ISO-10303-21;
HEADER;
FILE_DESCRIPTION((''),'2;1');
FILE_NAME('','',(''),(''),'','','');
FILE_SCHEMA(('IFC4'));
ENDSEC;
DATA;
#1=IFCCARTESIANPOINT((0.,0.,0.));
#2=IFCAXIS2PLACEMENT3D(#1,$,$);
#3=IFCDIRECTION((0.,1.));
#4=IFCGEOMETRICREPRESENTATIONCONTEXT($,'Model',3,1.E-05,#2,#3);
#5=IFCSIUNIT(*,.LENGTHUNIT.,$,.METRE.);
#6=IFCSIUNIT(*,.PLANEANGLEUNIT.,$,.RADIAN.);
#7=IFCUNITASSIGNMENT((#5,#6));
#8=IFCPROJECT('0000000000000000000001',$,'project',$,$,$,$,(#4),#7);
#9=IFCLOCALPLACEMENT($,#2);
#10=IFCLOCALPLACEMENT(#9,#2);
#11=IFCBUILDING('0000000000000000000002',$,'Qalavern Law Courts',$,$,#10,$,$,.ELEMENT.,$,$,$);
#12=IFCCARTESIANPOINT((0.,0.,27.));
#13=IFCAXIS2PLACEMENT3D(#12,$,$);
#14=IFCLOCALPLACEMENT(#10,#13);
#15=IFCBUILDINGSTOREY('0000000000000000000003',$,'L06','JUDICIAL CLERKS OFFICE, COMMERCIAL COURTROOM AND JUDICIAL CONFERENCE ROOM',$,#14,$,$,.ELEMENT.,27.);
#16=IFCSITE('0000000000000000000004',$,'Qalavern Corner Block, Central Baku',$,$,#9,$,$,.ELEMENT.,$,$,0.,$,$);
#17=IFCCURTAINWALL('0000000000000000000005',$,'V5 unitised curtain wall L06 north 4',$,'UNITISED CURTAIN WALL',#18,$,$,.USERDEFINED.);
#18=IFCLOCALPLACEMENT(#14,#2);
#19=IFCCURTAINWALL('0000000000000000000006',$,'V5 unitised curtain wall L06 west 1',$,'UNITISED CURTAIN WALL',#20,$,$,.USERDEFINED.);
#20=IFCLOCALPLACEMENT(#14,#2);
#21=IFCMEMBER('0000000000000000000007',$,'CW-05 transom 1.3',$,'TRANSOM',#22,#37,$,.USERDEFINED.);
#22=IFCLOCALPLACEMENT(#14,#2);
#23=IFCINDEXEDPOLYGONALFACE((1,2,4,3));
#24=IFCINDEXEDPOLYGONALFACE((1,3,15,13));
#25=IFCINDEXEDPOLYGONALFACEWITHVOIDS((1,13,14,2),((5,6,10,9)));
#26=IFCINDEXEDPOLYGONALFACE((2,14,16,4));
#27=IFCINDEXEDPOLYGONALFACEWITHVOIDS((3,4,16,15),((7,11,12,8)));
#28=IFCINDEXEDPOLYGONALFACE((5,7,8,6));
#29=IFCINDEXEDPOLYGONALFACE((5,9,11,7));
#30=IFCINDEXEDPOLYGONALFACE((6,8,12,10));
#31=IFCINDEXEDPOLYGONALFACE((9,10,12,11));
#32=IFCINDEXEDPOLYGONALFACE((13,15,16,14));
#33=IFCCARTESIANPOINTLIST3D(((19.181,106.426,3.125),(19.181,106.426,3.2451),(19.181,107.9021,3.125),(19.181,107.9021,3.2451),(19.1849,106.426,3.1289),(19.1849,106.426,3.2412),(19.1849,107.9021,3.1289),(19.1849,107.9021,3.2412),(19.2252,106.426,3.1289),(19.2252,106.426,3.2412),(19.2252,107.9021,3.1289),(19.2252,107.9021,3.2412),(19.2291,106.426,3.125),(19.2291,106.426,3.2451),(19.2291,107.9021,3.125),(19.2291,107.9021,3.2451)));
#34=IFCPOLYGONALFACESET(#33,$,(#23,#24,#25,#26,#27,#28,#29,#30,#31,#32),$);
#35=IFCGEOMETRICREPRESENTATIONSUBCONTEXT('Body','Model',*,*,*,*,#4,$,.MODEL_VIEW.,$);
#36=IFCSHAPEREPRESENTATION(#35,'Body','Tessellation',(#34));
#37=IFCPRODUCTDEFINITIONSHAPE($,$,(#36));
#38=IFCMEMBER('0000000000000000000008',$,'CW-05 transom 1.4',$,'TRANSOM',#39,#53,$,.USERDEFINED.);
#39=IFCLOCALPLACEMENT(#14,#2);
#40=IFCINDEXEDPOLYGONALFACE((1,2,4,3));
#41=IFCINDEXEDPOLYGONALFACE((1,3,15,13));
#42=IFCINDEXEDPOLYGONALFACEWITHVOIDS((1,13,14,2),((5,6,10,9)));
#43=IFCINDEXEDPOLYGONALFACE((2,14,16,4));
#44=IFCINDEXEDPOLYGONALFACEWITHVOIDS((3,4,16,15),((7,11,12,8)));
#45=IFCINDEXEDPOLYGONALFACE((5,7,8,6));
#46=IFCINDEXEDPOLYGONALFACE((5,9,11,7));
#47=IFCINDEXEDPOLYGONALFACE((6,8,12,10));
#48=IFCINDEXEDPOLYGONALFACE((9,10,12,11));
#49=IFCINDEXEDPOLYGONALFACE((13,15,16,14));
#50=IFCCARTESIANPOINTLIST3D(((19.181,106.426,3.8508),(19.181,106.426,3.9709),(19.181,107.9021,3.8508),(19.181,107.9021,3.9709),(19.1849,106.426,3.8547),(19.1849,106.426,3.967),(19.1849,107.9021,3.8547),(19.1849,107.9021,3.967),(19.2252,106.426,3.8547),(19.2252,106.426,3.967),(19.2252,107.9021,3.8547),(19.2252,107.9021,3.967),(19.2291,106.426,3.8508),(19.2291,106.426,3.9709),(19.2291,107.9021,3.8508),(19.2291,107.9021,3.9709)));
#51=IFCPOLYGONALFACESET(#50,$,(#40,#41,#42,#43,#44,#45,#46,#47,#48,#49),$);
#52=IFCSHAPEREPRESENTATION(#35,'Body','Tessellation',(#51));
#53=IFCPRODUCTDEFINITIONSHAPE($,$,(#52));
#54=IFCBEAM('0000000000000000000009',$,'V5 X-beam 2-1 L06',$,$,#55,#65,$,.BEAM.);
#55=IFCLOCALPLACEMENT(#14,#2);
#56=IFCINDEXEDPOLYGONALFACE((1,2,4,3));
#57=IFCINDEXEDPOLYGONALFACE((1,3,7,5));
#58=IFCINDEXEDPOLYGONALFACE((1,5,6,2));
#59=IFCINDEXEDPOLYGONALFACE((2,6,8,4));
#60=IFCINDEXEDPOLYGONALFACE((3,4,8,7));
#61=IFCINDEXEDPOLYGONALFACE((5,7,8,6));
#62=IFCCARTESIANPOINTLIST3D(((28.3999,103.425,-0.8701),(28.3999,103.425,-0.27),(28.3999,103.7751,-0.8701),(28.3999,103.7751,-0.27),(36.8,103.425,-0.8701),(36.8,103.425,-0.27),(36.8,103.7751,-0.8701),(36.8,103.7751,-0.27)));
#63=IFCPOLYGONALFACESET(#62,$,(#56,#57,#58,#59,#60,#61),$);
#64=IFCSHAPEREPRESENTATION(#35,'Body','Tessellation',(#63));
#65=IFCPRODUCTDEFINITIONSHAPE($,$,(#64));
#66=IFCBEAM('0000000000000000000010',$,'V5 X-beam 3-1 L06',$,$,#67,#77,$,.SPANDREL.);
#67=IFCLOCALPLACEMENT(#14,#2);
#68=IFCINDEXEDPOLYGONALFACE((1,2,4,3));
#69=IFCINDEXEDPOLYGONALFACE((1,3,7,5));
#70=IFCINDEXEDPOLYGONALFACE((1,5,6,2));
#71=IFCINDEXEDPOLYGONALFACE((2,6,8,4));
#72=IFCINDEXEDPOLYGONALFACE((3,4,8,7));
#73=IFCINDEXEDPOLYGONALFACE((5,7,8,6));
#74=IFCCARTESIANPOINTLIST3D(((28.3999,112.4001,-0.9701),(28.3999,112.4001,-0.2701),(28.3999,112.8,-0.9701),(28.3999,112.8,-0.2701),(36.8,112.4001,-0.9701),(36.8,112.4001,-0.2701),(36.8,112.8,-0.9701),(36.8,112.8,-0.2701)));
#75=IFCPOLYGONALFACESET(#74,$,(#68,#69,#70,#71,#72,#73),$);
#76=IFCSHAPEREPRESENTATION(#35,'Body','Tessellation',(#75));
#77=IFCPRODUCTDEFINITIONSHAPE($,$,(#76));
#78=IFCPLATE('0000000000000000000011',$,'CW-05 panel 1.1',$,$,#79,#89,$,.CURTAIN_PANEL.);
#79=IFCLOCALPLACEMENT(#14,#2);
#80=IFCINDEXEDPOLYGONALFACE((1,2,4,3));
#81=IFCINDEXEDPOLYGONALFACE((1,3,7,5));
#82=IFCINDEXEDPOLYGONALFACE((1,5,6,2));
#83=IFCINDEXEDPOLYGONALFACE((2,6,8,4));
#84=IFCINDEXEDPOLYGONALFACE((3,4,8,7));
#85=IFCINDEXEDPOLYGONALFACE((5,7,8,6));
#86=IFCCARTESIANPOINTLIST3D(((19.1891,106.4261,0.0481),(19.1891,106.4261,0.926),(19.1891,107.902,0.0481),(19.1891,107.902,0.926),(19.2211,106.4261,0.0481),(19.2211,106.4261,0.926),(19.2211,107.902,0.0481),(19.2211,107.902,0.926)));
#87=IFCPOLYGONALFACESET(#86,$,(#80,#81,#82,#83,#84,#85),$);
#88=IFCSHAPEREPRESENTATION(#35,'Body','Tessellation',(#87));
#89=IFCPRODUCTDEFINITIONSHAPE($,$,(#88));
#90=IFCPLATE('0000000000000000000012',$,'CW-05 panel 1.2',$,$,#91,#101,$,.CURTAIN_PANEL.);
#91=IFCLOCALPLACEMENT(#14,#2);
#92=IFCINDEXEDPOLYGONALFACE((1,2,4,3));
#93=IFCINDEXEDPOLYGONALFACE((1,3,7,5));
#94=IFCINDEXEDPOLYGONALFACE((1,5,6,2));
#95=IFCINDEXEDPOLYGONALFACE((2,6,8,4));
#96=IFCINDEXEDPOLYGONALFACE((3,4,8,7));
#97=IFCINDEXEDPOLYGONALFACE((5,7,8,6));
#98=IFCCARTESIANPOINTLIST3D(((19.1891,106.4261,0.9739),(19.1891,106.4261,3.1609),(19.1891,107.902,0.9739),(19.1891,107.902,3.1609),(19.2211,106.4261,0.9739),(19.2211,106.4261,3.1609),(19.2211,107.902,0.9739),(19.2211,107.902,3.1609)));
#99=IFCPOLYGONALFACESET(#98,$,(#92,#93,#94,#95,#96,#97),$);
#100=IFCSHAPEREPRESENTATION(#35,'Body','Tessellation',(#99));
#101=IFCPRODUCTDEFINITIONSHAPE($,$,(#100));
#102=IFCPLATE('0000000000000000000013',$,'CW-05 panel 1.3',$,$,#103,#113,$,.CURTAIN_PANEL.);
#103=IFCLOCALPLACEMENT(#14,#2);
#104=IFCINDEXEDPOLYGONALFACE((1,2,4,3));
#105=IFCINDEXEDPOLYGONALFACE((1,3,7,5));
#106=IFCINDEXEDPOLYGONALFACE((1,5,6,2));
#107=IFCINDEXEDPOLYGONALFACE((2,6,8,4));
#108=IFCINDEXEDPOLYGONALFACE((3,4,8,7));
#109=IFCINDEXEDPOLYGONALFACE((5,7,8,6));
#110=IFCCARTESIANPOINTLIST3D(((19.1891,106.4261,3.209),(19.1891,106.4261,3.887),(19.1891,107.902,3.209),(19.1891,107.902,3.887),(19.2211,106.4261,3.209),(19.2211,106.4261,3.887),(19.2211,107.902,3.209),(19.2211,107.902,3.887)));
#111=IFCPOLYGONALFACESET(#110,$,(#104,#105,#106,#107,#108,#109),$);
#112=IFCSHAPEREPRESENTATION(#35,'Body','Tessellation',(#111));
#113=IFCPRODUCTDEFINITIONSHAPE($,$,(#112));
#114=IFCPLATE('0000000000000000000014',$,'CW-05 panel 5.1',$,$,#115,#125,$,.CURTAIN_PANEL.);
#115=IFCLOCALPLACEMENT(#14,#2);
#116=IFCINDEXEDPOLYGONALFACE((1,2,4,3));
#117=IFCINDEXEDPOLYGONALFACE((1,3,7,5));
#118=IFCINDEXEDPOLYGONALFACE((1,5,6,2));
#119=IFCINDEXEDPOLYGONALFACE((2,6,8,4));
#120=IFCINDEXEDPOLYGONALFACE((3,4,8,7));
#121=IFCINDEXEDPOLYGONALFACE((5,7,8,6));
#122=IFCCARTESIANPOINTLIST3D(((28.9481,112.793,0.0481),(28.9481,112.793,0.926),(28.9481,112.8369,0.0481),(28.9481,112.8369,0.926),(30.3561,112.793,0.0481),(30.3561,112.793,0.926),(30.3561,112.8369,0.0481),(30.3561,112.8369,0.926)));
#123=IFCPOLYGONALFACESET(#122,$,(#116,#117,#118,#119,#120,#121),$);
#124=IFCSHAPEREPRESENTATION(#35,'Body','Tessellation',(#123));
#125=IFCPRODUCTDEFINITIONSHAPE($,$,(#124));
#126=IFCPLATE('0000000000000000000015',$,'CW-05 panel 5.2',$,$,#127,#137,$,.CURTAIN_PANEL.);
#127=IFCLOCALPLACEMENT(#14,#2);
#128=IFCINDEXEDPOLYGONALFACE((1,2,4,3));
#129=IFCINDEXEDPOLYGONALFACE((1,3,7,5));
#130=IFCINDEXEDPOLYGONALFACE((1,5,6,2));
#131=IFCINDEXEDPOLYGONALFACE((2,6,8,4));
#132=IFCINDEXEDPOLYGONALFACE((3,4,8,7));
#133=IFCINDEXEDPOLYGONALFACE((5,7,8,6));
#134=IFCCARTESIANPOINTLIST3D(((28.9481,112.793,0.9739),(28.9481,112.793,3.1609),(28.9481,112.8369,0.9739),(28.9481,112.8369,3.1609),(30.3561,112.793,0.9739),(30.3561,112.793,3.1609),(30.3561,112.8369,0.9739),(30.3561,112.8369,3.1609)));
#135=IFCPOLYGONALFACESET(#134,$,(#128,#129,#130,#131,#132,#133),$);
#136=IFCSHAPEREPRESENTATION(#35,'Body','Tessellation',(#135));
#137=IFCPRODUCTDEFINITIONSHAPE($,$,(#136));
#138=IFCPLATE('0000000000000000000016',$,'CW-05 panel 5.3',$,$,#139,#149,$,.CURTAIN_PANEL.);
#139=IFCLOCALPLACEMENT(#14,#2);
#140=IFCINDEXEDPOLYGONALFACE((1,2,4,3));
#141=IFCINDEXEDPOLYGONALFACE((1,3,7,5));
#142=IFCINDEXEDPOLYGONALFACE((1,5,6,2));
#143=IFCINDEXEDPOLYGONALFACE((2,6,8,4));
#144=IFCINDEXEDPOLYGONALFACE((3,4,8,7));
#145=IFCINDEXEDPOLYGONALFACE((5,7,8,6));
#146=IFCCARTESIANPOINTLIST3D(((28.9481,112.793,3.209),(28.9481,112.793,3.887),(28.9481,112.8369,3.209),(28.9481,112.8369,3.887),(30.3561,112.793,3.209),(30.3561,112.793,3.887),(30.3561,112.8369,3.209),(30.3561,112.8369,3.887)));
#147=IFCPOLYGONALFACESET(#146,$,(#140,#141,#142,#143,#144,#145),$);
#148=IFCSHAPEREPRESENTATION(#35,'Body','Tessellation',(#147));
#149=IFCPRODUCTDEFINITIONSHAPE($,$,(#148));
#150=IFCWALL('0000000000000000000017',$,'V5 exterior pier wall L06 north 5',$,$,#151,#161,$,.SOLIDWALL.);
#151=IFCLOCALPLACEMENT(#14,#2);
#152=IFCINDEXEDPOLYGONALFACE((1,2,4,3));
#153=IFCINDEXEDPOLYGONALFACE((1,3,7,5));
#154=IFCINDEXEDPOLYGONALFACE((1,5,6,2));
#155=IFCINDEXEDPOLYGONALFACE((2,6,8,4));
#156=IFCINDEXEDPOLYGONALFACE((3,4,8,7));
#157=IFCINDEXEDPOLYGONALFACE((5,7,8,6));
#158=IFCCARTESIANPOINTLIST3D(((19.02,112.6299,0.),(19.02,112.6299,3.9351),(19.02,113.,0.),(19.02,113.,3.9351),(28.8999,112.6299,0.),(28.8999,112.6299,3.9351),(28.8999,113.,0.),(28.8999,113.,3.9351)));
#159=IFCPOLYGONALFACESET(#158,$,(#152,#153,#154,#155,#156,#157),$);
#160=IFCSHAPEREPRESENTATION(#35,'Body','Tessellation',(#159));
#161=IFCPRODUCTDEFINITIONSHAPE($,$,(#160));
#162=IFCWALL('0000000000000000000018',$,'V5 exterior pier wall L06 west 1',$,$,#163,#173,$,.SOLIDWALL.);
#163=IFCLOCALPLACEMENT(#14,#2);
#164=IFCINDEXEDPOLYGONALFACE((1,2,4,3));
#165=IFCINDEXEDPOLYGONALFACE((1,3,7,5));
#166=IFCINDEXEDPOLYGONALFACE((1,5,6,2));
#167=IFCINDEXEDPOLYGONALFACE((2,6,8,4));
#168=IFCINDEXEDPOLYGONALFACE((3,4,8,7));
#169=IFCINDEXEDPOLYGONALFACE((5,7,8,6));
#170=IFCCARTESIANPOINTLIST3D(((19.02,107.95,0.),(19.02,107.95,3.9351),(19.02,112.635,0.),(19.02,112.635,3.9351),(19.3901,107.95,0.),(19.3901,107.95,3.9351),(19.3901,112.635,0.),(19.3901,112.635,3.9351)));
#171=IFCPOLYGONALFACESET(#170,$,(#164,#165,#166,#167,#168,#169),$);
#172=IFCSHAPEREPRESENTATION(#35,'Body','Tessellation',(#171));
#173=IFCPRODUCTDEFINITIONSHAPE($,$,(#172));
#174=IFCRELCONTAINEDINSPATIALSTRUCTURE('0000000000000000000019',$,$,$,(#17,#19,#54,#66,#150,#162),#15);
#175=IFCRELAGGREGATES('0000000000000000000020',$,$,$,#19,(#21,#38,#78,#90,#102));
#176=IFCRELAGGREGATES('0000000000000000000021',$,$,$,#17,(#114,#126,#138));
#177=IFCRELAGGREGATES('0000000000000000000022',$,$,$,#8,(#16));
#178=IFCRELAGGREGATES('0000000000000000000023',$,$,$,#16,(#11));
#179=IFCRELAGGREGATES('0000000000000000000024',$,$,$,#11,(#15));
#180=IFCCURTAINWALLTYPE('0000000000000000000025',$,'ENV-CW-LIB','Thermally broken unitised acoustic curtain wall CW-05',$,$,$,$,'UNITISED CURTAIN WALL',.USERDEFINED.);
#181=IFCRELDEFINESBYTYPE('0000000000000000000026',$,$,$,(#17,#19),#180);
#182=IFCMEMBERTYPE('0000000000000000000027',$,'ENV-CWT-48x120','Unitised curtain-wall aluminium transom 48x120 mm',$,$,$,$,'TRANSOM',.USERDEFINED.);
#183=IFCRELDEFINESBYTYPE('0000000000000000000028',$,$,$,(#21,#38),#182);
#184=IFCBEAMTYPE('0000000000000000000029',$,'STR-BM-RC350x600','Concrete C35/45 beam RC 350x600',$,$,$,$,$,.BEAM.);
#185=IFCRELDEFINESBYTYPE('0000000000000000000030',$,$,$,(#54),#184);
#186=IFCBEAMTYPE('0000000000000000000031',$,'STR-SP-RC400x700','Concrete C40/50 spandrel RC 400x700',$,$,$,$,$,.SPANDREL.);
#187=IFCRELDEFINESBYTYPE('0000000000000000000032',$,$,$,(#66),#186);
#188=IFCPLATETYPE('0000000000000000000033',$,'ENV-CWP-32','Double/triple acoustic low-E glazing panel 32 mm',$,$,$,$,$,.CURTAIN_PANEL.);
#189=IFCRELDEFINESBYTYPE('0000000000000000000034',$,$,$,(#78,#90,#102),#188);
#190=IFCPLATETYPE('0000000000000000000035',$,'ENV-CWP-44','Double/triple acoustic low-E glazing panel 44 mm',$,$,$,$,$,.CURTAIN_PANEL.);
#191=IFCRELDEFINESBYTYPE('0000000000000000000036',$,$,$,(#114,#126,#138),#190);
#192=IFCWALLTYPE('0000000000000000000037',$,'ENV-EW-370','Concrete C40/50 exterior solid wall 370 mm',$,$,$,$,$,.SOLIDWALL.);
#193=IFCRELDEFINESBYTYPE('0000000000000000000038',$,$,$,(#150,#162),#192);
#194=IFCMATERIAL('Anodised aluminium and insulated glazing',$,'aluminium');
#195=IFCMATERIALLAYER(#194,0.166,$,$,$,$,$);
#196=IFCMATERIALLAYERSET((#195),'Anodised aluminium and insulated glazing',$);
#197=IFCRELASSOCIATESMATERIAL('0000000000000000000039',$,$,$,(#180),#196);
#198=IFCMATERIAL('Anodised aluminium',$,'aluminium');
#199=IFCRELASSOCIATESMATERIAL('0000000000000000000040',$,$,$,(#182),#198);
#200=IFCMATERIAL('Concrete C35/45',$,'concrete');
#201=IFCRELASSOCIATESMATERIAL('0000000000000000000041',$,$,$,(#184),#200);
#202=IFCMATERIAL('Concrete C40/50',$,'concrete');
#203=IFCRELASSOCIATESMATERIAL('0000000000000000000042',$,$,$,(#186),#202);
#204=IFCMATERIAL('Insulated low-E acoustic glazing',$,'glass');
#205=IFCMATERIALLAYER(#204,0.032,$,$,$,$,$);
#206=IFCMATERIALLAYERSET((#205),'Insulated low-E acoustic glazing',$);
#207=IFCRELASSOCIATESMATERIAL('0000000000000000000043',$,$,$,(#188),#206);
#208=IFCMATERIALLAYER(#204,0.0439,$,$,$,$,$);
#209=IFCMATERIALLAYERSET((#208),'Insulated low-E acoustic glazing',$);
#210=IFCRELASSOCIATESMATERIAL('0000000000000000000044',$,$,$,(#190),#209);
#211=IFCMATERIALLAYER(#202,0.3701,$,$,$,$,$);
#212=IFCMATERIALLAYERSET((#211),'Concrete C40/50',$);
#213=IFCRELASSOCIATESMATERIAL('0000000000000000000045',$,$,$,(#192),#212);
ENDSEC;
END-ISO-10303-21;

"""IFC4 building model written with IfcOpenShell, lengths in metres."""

from ifc_helpers import new_model, si_unit, direction, frame, frame_2d, origin, origin_2d, place, context, subcontext, project, spatial, rectangle, hollow_rectangle, extrude, material, layer, layer_set, material_profile, profile_set, type_object, element, aggregate, save


model = new_model("IFC4")

# Units and contexts
model_context = context("Model", 3, precision=1e-05, world=origin(), true_north=direction((0.0, 1.0)))
body_context = subcontext(model_context, "Body", "Model", "MODEL_VIEW")
ifc_project = project(units=[si_unit("LENGTHUNIT", "METRE"), si_unit("PLANEANGLEUNIT", "RADIAN")], contexts=[model_context])

# Site, building, storey
site_placement = place(None, origin())
site = spatial("IfcSite", under=ifc_project, at=site_placement, Name="Qalavern Corner Block, Central Baku", CompositionType="ELEMENT", RefElevation=0.0)
building_placement = place(site_placement, origin())
building = spatial("IfcBuilding", under=site, at=building_placement, Name="Qalavern Law Courts", CompositionType="ELEMENT")
storey_placement = place(building_placement, frame((0.0, 0.0, 27.0)))
storey = spatial("IfcBuildingStorey", under=building, at=storey_placement, Name="L06", Description="JUDICIAL CLERKS OFFICE, COMMERCIAL COURTROOM AND JUDICIAL CONFERENCE ROOM", CompositionType="ELEMENT", Elevation=27.0)

# Curtain wall
ifc_material_1 = material(Name="Anodised aluminium and insulated glazing", Category="aluminium")
ifc_layer_1 = layer(ifc_material_1, 0.166)
ifc_layer_set_1 = layer_set([ifc_layer_1], Name="Anodised aluminium and insulated glazing")
curtain_wall_type = type_object("IfcCurtainWallType", Name="ENV-CW-LIB", Description="Thermally broken unitised acoustic curtain wall CW-05", ElementType="UNITISED CURTAIN WALL", PredefinedType="USERDEFINED", material=ifc_layer_set_1)
curtain_wall_1_placement = place(storey_placement, origin())
curtain_wall_1 = element("IfcCurtainWall", 1, at=curtain_wall_1_placement, inside=storey, type_object=curtain_wall_type, Name="V5 unitised curtain wall L06 north 4", ObjectType="UNITISED CURTAIN WALL", PredefinedType="USERDEFINED")
ifc_material_2 = material(Name="Anodised aluminium", Category="aluminium")

# Curtain wall
curtain_wall_2_placement = place(storey_placement, origin())
curtain_wall_2 = element("IfcCurtainWall", 2, at=curtain_wall_2_placement, inside=storey, type_object=curtain_wall_type, Name="V5 unitised curtain wall L06 west 1", ObjectType="UNITISED CURTAIN WALL", PredefinedType="USERDEFINED")

# Members
ifc_material_profile_1 = material_profile(ifc_material_2, hollow_rectangle(XDim=0.0481, YDim=0.1201, WallThickness=0.0039, at=origin_2d()), Name="ALU TRANSOM 48x120")
ifc_profile_set_1 = profile_set([ifc_material_profile_1], Name="Anodised aluminium")
member_type_1 = type_object("IfcMemberType", Name="ENV-CWT-48x120", Description="Unitised curtain-wall aluminium transom 48x120 mm", ElementType="TRANSOM", PredefinedType="USERDEFINED", material=ifc_profile_set_1)
member_1_placement = place(storey_placement, frame((19.2051, 107.9021, 3.1851), z_axis=(0.0, -1.0, 0.0), x_axis=(1.0, 0.0, 0.0)))
member_1 = element("IfcMember", 3, at=member_1_placement, type_object=member_type_1, Name="CW-05 transom 1.3", ObjectType="TRANSOM", PredefinedType="USERDEFINED", context=body_context, shape_type="SweptSolid", body=[
    extrude(hollow_rectangle(XDim=0.0481, YDim=0.1201, WallThickness=0.0039, at=origin_2d()), origin(), (0.0, 0.0, 1.0), 1.4761),
])
member_2_placement = place(storey_placement, frame((19.2051, 107.9021, 3.9109), z_axis=(0.0, -1.0, 0.0), x_axis=(1.0, 0.0, 0.0)))
member_2 = element("IfcMember", 4, at=member_2_placement, type_object=member_type_1, Name="CW-05 transom 1.4", ObjectType="TRANSOM", PredefinedType="USERDEFINED", context=body_context, shape_type="SweptSolid", body=[
    extrude(hollow_rectangle(XDim=0.0481, YDim=0.1201, WallThickness=0.0039, at=origin_2d()), origin(), (0.0, 0.0, 1.0), 1.4761),
])

# Beams
ifc_material_3 = material(Name="Concrete C35/45", Category="concrete")
ifc_material_profile_2 = material_profile(ifc_material_3, rectangle(XDim=0.3501, YDim=0.6001, at=origin_2d()), Name="RC 350x600")
ifc_profile_set_2 = profile_set([ifc_material_profile_2], Name="Concrete C35/45")
beam_type_1 = type_object("IfcBeamType", Name="STR-BM-RC350x600", Description="Concrete C35/45 beam RC 350x600", PredefinedType="BEAM", material=ifc_profile_set_2)
beam_1_placement = place(storey_placement, frame((28.3999, 103.6001, -0.5701), z_axis=(1.0, 0.0, 0.0), x_axis=(0.0, 1.0, 0.0)))
element("IfcBeam", 5, at=beam_1_placement, inside=storey, type_object=beam_type_1, Name="V5 X-beam 2-1 L06", PredefinedType="BEAM", context=body_context, shape_type="SweptSolid", body=[
    extrude(rectangle(XDim=0.3501, YDim=0.6001, at=origin_2d()), origin(), (0.0, 0.0, 1.0), 8.4001),
])
ifc_material_4 = material(Name="Concrete C40/50", Category="concrete")
ifc_material_profile_3 = material_profile(ifc_material_4, rectangle(XDim=0.3999, YDim=0.7, at=origin_2d()), Name="RC 400x700")
ifc_profile_set_3 = profile_set([ifc_material_profile_3], Name="Concrete C40/50")
beam_type_2 = type_object("IfcBeamType", Name="STR-SP-RC400x700", Description="Concrete C40/50 spandrel RC 400x700", PredefinedType="SPANDREL", material=ifc_profile_set_3)
beam_2_placement = place(storey_placement, frame((28.3999, 112.6001, -0.6201), z_axis=(1.0, 0.0, 0.0), x_axis=(0.0, 1.0, 0.0)))
element("IfcBeam", 6, at=beam_2_placement, inside=storey, type_object=beam_type_2, Name="V5 X-beam 3-1 L06", PredefinedType="SPANDREL", context=body_context, shape_type="SweptSolid", body=[
    extrude(rectangle(XDim=0.3999, YDim=0.7, at=origin_2d()), origin(), (0.0, 0.0, 1.0), 8.4001),
])

# Plates
ifc_material_5 = material(Name="Insulated low-E acoustic glazing", Category="glass")
ifc_layer_2 = layer(ifc_material_5, 0.032)
ifc_layer_set_2 = layer_set([ifc_layer_2], Name="Insulated low-E acoustic glazing")
plate_type_1 = type_object("IfcPlateType", Name="ENV-CWP-32", Description="Double/triple acoustic low-E glazing panel 32 mm", PredefinedType="CURTAIN_PANEL", material=ifc_layer_set_2)
plate_1_placement = place(storey_placement, frame((19.2051, 107.1641, 0.0481), z_axis=(0.0, 0.0, 1.0), x_axis=(0.0, -1.0, 0.0)))
plate_1 = element("IfcPlate", 7, at=plate_1_placement, type_object=plate_type_1, Name="CW-05 panel 1.1", PredefinedType="CURTAIN_PANEL", context=body_context, shape_type="SweptSolid", body=[
    extrude(rectangle(XDim=1.4758, YDim=0.032, at=origin_2d()), origin(), (0.0, 0.0, 1.0), 0.8779),
])
plate_2_placement = place(storey_placement, frame((19.2051, 107.1641, 0.9739), z_axis=(0.0, 0.0, 1.0), x_axis=(0.0, -1.0, 0.0)))
plate_2 = element("IfcPlate", 8, at=plate_2_placement, type_object=plate_type_1, Name="CW-05 panel 1.2", PredefinedType="CURTAIN_PANEL", context=body_context, shape_type="SweptSolid", body=[
    extrude(rectangle(XDim=1.4758, YDim=0.032, at=origin_2d()), origin(), (0.0, 0.0, 1.0), 2.187),
])
plate_3_placement = place(storey_placement, frame((19.2051, 107.1641, 3.209), z_axis=(0.0, 0.0, 1.0), x_axis=(0.0, -1.0, 0.0)))
plate_3 = element("IfcPlate", 9, at=plate_3_placement, type_object=plate_type_1, Name="CW-05 panel 1.3", PredefinedType="CURTAIN_PANEL", context=body_context, shape_type="SweptSolid", body=[
    extrude(rectangle(XDim=1.4758, YDim=0.032, at=origin_2d()), origin(), (0.0, 0.0, 1.0), 0.678),
])
aggregate(curtain_wall_2, [member_1, member_2, plate_1, plate_2, plate_3])
ifc_layer_3 = layer(ifc_material_5, 0.0439)
ifc_layer_set_3 = layer_set([ifc_layer_3], Name="Insulated low-E acoustic glazing")
plate_type_2 = type_object("IfcPlateType", Name="ENV-CWP-44", Description="Double/triple acoustic low-E glazing panel 44 mm", PredefinedType="CURTAIN_PANEL", material=ifc_layer_set_3)
plate_4_placement = place(storey_placement, frame((29.6521, 112.8149, 0.0481), z_axis=(0.0, 0.0, 1.0), x_axis=(-1.0, 0.0, 0.0)))
plate_4 = element("IfcPlate", 10, at=plate_4_placement, type_object=plate_type_2, Name="CW-05 panel 5.1", PredefinedType="CURTAIN_PANEL", context=body_context, shape_type="SweptSolid", body=[
    extrude(rectangle(XDim=1.408, YDim=0.0439, at=origin_2d()), origin(), (0.0, 0.0, 1.0), 0.8779),
])
plate_5_placement = place(storey_placement, frame((29.6521, 112.8149, 0.9739), z_axis=(0.0, 0.0, 1.0), x_axis=(-1.0, 0.0, 0.0)))
plate_5 = element("IfcPlate", 11, at=plate_5_placement, type_object=plate_type_2, Name="CW-05 panel 5.2", PredefinedType="CURTAIN_PANEL", context=body_context, shape_type="SweptSolid", body=[
    extrude(rectangle(XDim=1.408, YDim=0.0439, at=origin_2d()), origin(), (0.0, 0.0, 1.0), 2.187),
])
plate_6_placement = place(storey_placement, frame((29.6521, 112.8149, 3.209), z_axis=(0.0, 0.0, 1.0), x_axis=(-1.0, 0.0, 0.0)))
plate_6 = element("IfcPlate", 12, at=plate_6_placement, type_object=plate_type_2, Name="CW-05 panel 5.3", PredefinedType="CURTAIN_PANEL", context=body_context, shape_type="SweptSolid", body=[
    extrude(rectangle(XDim=1.408, YDim=0.0439, at=origin_2d()), origin(), (0.0, 0.0, 1.0), 0.678),
])
aggregate(curtain_wall_1, [plate_4, plate_5, plate_6])

# Walls
ifc_layer_4 = layer(ifc_material_4, 0.3701)
ifc_layer_set_4 = layer_set([ifc_layer_4], Name="Concrete C40/50")
wall_type_1 = type_object("IfcWallType", Name="ENV-EW-370", Description="Concrete C40/50 exterior solid wall 370 mm", PredefinedType="SOLIDWALL", material=ifc_layer_set_4)
wall_1_placement = place(storey_placement, frame((28.8999, 112.8149, 0.0), z_axis=(0.0, 0.0, 1.0), x_axis=(-1.0, 0.0, 0.0)))
element("IfcWall", 13, at=wall_1_placement, inside=storey, type_object=wall_type_1, Name="V5 exterior pier wall L06 north 5", PredefinedType="SOLIDWALL", context=body_context, shape_type="SweptSolid", body=[
    extrude(rectangle(XDim=9.8799, YDim=0.3701, at=frame_2d((4.9399, 0.0))), origin(), (0.0, 0.0, 1.0), 3.9351),
])
wall_2_placement = place(storey_placement, frame((19.2051, 112.635, 0.0), z_axis=(0.0, 0.0, 1.0), x_axis=(0.0, -1.0, 0.0)))
element("IfcWall", 14, at=wall_2_placement, inside=storey, type_object=wall_type_1, Name="V5 exterior pier wall L06 west 1", PredefinedType="SOLIDWALL", context=body_context, shape_type="SweptSolid", body=[
    extrude(rectangle(XDim=4.6851, YDim=0.3701, at=frame_2d((2.3425, 0.0))), origin(), (0.0, 0.0, 1.0), 3.9351),
])

save(model, "model.ifc")
